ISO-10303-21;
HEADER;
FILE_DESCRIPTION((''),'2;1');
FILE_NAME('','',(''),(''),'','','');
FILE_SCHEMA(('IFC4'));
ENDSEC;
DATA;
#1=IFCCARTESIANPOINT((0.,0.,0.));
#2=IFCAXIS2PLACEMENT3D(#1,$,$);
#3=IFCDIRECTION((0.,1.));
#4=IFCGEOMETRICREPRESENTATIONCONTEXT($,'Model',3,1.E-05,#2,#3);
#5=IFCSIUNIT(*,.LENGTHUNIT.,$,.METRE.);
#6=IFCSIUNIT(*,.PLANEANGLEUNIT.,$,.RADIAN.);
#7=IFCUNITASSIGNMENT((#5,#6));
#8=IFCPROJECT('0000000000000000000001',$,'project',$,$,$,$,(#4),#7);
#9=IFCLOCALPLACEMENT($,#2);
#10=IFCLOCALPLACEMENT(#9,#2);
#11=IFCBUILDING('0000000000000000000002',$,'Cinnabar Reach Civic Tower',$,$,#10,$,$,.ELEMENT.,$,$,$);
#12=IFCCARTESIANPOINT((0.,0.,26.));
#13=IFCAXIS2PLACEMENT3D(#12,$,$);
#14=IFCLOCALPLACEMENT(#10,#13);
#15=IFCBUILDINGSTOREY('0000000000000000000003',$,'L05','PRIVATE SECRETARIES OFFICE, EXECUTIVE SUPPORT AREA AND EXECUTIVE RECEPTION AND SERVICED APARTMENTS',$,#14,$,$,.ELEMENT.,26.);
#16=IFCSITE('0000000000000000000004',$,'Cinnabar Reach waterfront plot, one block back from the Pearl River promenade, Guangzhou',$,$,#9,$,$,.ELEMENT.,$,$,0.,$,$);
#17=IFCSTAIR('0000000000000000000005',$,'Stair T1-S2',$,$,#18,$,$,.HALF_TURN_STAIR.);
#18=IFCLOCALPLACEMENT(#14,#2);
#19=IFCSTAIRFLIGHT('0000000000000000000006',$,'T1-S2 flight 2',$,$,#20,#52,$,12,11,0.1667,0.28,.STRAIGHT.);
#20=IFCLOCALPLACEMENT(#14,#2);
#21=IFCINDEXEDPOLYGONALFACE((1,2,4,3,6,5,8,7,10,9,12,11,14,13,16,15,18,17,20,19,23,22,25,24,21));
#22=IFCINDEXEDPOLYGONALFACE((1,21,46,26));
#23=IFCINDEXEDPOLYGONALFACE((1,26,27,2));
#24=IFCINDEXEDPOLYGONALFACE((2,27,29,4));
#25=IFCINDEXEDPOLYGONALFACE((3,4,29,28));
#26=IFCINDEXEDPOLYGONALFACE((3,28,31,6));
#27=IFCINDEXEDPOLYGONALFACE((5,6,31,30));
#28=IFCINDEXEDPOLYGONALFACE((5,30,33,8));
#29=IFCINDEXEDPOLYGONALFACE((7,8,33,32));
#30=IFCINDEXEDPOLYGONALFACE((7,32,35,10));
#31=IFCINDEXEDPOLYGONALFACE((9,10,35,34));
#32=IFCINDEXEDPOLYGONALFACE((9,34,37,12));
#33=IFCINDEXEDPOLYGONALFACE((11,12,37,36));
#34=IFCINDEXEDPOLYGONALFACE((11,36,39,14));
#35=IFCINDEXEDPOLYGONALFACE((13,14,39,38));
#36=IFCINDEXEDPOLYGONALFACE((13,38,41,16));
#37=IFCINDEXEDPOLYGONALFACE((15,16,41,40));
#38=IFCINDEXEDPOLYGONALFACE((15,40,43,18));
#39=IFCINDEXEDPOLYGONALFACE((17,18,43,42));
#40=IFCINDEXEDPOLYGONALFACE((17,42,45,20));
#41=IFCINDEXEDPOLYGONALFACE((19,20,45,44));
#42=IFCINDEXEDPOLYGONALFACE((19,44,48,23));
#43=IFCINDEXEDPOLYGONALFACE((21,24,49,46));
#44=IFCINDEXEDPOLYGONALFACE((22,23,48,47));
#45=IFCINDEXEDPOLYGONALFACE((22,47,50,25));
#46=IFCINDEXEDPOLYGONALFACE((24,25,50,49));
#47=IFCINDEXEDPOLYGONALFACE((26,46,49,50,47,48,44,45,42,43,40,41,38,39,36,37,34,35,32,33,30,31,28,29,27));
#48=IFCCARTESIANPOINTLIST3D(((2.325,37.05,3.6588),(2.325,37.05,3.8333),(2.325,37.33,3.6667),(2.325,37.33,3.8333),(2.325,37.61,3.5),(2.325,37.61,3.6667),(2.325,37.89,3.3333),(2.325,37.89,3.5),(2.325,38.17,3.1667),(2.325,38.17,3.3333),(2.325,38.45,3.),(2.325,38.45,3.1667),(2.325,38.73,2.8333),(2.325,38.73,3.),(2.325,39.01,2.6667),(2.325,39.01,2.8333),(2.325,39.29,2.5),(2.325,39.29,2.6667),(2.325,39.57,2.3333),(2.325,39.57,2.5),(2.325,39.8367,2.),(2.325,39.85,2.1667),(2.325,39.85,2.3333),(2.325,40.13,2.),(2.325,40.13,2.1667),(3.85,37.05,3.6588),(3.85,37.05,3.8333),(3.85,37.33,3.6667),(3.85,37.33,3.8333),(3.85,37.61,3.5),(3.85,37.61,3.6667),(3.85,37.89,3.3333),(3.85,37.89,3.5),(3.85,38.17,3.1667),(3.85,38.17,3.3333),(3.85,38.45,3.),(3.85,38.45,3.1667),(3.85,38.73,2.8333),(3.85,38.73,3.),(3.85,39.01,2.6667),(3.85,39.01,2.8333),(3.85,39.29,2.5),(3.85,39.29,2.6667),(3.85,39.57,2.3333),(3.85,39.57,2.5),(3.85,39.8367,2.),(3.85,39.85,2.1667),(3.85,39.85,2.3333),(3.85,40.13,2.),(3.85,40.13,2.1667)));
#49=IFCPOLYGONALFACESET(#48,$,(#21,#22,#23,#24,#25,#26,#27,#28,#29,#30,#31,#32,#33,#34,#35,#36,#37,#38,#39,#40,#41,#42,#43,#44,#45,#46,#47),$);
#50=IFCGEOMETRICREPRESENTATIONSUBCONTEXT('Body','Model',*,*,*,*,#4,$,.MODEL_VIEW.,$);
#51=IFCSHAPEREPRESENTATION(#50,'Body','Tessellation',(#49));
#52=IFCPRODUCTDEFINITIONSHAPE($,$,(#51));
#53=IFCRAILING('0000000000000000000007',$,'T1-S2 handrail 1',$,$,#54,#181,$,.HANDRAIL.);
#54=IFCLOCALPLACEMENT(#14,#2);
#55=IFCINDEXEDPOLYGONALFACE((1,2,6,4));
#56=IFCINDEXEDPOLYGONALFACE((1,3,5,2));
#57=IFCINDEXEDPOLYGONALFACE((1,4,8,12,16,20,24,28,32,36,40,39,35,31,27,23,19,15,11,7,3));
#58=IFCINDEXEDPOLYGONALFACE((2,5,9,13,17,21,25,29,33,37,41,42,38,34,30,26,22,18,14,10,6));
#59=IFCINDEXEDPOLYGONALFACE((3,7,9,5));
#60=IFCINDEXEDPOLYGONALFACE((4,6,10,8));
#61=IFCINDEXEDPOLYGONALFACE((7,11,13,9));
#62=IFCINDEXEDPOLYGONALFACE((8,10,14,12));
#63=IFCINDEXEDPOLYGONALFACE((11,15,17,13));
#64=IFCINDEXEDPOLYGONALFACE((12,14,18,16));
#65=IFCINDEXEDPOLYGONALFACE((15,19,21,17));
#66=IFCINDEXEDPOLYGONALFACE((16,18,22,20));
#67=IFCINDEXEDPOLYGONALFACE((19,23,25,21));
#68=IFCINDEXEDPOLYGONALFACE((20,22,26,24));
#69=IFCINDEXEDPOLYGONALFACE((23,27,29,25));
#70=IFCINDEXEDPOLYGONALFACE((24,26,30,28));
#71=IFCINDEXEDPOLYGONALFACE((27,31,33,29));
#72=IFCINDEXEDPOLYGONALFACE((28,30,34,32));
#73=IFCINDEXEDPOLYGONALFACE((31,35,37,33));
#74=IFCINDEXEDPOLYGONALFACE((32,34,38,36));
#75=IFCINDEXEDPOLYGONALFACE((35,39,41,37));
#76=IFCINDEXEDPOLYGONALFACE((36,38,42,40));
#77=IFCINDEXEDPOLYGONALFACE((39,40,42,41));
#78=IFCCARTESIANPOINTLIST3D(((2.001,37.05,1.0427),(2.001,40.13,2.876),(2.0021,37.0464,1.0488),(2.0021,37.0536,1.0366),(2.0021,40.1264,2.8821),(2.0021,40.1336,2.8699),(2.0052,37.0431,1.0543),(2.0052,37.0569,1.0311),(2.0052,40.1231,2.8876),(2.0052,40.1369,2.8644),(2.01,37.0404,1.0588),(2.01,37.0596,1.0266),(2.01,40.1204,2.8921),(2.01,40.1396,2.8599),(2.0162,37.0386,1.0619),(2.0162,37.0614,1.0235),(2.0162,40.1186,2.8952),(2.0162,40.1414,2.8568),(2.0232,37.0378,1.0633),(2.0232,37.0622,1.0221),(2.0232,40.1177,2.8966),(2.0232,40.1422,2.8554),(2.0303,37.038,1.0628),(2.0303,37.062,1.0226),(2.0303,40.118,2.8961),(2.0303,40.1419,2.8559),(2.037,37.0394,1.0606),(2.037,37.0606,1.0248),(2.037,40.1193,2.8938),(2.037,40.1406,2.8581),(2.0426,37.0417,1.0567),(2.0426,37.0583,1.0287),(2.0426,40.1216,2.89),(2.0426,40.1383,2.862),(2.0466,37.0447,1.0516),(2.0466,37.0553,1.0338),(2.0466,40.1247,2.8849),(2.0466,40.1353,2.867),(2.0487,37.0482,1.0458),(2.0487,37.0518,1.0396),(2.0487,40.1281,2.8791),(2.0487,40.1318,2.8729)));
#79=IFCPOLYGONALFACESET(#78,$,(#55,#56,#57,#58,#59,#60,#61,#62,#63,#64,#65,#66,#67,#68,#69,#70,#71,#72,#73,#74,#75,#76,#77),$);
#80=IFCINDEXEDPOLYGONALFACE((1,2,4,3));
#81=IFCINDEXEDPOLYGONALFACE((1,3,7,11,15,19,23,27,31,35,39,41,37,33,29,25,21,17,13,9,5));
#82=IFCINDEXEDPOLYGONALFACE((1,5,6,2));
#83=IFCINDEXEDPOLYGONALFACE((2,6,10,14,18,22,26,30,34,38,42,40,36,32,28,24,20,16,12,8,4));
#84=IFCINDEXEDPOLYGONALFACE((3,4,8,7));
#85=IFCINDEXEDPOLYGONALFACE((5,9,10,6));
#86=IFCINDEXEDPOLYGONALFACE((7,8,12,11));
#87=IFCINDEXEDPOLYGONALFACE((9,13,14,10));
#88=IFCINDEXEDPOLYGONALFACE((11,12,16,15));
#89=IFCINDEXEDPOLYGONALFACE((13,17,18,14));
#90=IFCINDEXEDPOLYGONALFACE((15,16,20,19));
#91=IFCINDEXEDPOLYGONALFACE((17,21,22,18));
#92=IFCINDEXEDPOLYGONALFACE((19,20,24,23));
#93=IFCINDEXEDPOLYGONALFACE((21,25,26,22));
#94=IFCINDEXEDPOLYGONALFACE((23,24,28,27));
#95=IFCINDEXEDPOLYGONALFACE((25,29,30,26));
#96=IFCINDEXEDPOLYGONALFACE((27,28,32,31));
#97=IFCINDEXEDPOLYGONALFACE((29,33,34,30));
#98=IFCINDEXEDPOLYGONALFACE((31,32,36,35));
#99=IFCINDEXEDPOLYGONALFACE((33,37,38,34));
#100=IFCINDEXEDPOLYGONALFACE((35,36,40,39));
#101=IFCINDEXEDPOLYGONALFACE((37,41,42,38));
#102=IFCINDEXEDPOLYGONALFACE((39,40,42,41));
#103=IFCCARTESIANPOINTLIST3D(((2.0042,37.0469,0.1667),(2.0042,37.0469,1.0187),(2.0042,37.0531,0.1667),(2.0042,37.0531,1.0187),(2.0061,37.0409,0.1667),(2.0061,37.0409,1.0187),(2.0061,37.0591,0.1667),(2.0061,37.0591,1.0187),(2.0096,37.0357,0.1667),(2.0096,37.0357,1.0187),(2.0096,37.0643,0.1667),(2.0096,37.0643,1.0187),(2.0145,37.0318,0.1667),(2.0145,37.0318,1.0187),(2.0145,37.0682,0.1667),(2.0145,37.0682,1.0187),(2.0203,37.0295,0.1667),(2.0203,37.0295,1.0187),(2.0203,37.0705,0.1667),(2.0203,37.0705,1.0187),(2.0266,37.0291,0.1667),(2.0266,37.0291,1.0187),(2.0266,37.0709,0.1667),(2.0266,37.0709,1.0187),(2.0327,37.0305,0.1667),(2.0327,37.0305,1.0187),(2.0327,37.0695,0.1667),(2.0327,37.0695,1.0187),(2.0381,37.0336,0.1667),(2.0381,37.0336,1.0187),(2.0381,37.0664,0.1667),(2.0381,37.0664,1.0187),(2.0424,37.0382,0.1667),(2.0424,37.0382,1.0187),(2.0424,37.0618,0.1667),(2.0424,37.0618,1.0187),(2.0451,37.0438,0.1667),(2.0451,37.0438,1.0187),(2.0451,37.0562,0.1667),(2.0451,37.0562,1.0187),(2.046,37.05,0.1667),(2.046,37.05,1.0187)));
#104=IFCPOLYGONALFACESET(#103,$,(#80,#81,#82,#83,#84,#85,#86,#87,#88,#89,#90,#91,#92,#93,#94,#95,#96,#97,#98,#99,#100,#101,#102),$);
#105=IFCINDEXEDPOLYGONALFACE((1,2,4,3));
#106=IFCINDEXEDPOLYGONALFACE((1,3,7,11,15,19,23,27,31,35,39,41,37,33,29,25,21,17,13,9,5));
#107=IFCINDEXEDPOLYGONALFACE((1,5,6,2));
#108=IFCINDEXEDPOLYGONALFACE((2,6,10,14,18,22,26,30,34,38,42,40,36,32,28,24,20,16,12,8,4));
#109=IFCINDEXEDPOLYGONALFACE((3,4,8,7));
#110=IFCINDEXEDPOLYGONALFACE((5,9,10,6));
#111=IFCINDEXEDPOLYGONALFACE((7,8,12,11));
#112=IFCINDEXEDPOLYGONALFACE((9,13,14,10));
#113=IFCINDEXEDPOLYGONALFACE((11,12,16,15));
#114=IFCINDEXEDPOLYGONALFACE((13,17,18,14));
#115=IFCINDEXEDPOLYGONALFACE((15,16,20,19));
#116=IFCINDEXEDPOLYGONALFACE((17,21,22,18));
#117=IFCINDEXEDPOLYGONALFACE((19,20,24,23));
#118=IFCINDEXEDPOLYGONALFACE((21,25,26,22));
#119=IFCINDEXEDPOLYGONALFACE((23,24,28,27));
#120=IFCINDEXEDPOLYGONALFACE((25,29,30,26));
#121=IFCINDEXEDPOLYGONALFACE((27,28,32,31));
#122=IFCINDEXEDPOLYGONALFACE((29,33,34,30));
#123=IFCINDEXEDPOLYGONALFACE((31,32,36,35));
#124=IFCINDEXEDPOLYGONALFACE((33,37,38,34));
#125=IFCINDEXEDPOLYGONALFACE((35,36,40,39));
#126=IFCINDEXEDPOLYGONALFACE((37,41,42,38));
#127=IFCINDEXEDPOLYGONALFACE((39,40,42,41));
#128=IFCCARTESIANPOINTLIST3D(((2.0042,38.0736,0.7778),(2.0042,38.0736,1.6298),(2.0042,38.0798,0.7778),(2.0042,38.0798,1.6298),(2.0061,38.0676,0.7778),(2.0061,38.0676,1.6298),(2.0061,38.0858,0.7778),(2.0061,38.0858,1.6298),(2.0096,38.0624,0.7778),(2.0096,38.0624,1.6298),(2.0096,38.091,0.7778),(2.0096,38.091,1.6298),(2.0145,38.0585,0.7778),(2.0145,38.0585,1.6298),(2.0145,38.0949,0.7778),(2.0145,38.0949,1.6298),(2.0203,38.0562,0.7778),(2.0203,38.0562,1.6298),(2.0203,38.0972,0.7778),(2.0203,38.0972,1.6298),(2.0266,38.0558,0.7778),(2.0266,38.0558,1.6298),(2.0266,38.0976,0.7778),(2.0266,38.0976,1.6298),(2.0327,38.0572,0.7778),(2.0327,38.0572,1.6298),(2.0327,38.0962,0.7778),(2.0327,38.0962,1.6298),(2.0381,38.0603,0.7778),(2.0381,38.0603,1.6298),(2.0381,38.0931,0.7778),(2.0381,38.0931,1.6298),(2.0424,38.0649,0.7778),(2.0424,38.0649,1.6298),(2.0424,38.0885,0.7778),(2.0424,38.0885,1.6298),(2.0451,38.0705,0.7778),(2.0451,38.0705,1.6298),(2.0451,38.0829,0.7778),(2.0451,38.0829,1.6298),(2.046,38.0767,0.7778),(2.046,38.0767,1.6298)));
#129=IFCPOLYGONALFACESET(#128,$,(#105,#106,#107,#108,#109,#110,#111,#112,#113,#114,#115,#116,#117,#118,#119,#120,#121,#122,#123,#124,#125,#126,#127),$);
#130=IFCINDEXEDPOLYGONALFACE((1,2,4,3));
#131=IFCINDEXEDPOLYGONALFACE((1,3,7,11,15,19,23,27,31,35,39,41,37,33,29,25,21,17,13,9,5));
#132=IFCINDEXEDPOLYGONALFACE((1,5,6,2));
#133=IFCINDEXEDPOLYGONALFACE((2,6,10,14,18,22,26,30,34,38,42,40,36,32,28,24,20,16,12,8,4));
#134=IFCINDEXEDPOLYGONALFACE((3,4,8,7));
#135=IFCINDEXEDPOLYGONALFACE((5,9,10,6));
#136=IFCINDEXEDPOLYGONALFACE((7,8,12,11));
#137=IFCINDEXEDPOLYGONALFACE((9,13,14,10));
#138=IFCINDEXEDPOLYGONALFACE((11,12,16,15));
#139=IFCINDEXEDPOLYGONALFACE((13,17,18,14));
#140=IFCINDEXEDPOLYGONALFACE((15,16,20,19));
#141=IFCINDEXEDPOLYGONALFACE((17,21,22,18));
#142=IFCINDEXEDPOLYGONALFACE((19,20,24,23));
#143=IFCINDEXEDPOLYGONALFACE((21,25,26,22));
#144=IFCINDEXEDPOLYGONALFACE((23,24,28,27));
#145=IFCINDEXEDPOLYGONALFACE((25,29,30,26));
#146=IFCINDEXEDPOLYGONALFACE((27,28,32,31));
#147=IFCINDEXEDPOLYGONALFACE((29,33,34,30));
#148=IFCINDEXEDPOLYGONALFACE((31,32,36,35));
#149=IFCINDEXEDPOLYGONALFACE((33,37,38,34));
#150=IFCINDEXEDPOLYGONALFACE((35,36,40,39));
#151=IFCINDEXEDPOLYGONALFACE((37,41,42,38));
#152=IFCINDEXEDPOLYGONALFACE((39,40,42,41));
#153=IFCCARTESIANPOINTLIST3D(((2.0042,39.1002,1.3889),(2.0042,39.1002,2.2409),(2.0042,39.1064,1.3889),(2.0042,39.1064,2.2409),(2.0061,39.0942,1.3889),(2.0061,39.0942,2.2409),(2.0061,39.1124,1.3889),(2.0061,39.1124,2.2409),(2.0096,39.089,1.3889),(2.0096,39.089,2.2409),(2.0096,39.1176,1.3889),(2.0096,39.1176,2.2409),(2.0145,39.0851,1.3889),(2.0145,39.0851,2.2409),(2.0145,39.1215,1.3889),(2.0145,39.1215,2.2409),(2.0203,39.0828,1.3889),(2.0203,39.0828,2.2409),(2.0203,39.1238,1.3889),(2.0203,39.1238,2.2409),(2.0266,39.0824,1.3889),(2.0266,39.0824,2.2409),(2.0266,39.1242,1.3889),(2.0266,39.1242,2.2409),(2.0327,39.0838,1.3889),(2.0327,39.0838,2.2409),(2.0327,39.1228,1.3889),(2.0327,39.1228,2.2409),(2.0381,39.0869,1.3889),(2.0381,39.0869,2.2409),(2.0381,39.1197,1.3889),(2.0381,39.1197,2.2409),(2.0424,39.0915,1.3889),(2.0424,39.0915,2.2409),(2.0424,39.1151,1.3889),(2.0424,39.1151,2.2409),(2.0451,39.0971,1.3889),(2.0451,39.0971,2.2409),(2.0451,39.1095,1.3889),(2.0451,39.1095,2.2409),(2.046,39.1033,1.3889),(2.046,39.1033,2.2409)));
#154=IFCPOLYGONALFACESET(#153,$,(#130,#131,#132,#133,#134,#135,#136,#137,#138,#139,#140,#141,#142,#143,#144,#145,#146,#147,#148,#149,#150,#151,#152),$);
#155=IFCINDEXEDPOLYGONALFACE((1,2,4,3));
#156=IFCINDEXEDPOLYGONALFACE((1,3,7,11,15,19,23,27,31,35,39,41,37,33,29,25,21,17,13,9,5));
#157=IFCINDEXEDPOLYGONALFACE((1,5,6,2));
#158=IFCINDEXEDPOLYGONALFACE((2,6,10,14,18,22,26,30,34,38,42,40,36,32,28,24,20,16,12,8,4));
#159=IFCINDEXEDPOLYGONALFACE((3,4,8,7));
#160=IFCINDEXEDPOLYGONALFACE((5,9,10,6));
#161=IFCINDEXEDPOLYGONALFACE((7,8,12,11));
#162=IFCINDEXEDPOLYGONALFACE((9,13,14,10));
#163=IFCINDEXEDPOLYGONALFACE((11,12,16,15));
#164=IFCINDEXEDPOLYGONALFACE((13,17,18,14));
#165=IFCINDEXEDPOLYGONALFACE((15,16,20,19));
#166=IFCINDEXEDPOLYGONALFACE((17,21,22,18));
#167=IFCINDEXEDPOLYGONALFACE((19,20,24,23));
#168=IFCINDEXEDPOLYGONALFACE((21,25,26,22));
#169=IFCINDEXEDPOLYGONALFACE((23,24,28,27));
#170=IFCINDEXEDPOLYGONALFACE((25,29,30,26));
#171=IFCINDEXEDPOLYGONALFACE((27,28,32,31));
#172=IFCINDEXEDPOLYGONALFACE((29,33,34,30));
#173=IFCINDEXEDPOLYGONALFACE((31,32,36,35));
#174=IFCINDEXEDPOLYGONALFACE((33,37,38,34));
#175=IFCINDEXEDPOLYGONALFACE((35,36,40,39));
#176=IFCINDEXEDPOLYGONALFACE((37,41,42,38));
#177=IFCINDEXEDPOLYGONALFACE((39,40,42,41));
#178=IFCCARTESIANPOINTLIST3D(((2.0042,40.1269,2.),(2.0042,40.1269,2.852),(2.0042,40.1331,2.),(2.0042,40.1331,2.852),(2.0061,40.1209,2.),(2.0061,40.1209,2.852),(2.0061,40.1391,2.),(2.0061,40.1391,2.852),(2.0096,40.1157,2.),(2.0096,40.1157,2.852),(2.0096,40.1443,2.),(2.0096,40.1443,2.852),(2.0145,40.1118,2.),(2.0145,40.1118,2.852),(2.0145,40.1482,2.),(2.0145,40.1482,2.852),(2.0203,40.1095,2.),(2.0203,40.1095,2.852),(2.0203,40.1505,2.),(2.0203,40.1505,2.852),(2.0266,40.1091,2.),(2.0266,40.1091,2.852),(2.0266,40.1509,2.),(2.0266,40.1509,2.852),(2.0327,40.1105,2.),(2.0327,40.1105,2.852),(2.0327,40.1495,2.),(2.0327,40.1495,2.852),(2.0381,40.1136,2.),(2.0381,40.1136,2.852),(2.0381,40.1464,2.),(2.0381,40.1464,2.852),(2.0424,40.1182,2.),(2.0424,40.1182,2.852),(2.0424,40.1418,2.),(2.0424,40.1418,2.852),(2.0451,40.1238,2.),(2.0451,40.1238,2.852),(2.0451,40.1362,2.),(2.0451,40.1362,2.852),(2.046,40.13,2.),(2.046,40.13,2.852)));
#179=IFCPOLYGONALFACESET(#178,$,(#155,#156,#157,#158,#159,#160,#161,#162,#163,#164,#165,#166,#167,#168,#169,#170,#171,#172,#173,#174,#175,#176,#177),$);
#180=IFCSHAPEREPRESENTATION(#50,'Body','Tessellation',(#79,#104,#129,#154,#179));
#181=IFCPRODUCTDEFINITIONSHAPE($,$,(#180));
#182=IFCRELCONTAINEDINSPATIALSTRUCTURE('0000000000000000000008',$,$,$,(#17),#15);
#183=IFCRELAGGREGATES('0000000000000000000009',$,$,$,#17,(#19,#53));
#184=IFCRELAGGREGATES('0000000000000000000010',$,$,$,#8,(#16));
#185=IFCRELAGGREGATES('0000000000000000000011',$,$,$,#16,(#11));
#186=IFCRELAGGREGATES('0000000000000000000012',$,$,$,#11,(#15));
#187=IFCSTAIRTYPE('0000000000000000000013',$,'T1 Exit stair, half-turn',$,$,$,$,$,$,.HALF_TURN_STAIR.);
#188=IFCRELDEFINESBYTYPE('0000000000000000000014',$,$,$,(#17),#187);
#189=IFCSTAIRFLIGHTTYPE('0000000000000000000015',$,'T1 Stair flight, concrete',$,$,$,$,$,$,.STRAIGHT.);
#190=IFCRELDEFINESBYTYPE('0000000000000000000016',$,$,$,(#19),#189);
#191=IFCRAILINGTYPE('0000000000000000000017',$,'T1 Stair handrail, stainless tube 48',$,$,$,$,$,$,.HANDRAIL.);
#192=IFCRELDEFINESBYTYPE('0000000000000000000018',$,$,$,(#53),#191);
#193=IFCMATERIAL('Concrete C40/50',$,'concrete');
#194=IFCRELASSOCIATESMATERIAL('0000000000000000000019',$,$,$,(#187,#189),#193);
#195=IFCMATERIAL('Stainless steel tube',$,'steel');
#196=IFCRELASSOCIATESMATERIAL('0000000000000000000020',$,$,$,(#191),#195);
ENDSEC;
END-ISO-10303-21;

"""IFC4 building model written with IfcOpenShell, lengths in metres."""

from ifc_helpers import new_model, si_unit, direction, frame, origin, origin_2d, place, context, subcontext, project, spatial, polyline, circle, outline, extrude, material, type_object, element, aggregate, save


model = new_model("IFC4")

# Units and contexts
model_context = context("Model", 3, precision=1e-05, world=origin(), true_north=direction((0.0, 1.0)))
body_context = subcontext(model_context, "Body", "Model", "MODEL_VIEW")
ifc_project = project(units=[si_unit("LENGTHUNIT", "METRE"), si_unit("PLANEANGLEUNIT", "RADIAN")], contexts=[model_context])

# Site, building, storey
site_placement = place(None, origin())
site = spatial("IfcSite", under=ifc_project, at=site_placement, Name="Cinnabar Reach waterfront plot, one block back from the Pearl River promenade, Guangzhou", CompositionType="ELEMENT", RefElevation=0.0)
building_placement = place(site_placement, origin())
building = spatial("IfcBuilding", under=site, at=building_placement, Name="Cinnabar Reach Civic Tower", CompositionType="ELEMENT")
storey_placement = place(building_placement, frame((0.0, 0.0, 26.0)))
storey = spatial("IfcBuildingStorey", under=building, at=storey_placement, Name="L05", Description="PRIVATE SECRETARIES OFFICE, EXECUTIVE SUPPORT AREA AND EXECUTIVE RECEPTION AND SERVICED APARTMENTS", CompositionType="ELEMENT", Elevation=26.0)

# Shared definitions
ifc_material_1 = material(Name="Concrete C40/50", Category="concrete")

# Stair, stair flight, railing
stair_type = type_object("IfcStairType", Name="T1 Exit stair, half-turn", PredefinedType="HALF_TURN_STAIR", material=ifc_material_1)
stair_placement = place(storey_placement, origin())
stair = element("IfcStair", 1, at=stair_placement, inside=storey, type_object=stair_type, Name="Stair T1-S2", PredefinedType="HALF_TURN_STAIR")
stair_flight_type = type_object("IfcStairFlightType", Name="T1 Stair flight, concrete", PredefinedType="STRAIGHT", material=ifc_material_1)
stair_flight_1_placement = place(storey_placement, frame((3.0875, 40.13, 2.0), z_axis=(0.0, 0.0, 1.0), x_axis=(0.0, -1.0, 0.0)))
stair_flight_1 = element("IfcStairFlight", 2, at=stair_flight_1_placement, type_object=stair_flight_type, Name="T1-S2 flight 2", NumberOfRisers=12, NumberOfTreads=11, PredefinedType="STRAIGHT", RiserHeight=0.1667, TreadLength=0.28, context=body_context, shape_type="SweptSolid", body=[
    extrude(outline(polyline([(0.0, 0.0), (0.0, 0.1667), (0.28, 0.1667), (0.28, 0.3333), (0.56, 0.3333), (0.56, 0.5), (0.84, 0.5), (0.84, 0.6667), (1.12, 0.6667), (1.12, 0.8333), (1.4, 0.8333), (1.4, 1.0), (1.68, 1.0), (1.68, 1.1667), (1.96, 1.1667), (1.96, 1.3333), (2.24, 1.3333), (2.24, 1.5), (2.52, 1.5), (2.52, 1.6667), (2.8, 1.6667), (2.8, 1.8333), (3.08, 1.8333), (3.08, 2.0), (3.08, 1.6588), (0.2933, 0.0), (0.0, 0.0)])), frame((0.0, 0.7625, 0.0), z_axis=(0.0, -1.0, 0.0), x_axis=(1.0, 0.0, 0.0)), (0.0, 0.0, 1.0), 1.525),
])
ifc_material_2 = material(Name="Stainless steel tube", Category="steel")
railing_type = type_object("IfcRailingType", Name="T1 Stair handrail, stainless tube 48", PredefinedType="HANDRAIL", material=ifc_material_2)
railing_1_placement = place(storey_placement, frame((2.025, 37.05, 0.1667)))
railing_1 = element("IfcRailing", 3, at=railing_1_placement, type_object=railing_type, Name="T1-S2 handrail 1", PredefinedType="HANDRAIL", context=body_context, shape_type="SweptSolid", body=[
    extrude(circle(Radius=0.024, at=origin_2d()), frame((0.0, 0.0, 0.876), z_axis=(0.0, 0.859297, 0.511477), x_axis=(-1.0, 0.0, 0.0)), (0.0, 0.0, 1.0), 3.5843),
    extrude(circle(Radius=0.021, at=origin_2d()), origin(), (0.0, 0.0, 1.0), 0.852),
    extrude(circle(Radius=0.021, at=origin_2d()), frame((0.0, 1.0267, 0.6111)), (0.0, 0.0, 1.0), 0.852),
    extrude(circle(Radius=0.021, at=origin_2d()), frame((0.0, 2.0533, 1.2222)), (0.0, 0.0, 1.0), 0.852),
    extrude(circle(Radius=0.021, at=origin_2d()), frame((0.0, 3.08, 1.8333)), (0.0, 0.0, 1.0), 0.852),
])
aggregate(stair, [stair_flight_1, railing_1])

save(model, "model.ifc")
